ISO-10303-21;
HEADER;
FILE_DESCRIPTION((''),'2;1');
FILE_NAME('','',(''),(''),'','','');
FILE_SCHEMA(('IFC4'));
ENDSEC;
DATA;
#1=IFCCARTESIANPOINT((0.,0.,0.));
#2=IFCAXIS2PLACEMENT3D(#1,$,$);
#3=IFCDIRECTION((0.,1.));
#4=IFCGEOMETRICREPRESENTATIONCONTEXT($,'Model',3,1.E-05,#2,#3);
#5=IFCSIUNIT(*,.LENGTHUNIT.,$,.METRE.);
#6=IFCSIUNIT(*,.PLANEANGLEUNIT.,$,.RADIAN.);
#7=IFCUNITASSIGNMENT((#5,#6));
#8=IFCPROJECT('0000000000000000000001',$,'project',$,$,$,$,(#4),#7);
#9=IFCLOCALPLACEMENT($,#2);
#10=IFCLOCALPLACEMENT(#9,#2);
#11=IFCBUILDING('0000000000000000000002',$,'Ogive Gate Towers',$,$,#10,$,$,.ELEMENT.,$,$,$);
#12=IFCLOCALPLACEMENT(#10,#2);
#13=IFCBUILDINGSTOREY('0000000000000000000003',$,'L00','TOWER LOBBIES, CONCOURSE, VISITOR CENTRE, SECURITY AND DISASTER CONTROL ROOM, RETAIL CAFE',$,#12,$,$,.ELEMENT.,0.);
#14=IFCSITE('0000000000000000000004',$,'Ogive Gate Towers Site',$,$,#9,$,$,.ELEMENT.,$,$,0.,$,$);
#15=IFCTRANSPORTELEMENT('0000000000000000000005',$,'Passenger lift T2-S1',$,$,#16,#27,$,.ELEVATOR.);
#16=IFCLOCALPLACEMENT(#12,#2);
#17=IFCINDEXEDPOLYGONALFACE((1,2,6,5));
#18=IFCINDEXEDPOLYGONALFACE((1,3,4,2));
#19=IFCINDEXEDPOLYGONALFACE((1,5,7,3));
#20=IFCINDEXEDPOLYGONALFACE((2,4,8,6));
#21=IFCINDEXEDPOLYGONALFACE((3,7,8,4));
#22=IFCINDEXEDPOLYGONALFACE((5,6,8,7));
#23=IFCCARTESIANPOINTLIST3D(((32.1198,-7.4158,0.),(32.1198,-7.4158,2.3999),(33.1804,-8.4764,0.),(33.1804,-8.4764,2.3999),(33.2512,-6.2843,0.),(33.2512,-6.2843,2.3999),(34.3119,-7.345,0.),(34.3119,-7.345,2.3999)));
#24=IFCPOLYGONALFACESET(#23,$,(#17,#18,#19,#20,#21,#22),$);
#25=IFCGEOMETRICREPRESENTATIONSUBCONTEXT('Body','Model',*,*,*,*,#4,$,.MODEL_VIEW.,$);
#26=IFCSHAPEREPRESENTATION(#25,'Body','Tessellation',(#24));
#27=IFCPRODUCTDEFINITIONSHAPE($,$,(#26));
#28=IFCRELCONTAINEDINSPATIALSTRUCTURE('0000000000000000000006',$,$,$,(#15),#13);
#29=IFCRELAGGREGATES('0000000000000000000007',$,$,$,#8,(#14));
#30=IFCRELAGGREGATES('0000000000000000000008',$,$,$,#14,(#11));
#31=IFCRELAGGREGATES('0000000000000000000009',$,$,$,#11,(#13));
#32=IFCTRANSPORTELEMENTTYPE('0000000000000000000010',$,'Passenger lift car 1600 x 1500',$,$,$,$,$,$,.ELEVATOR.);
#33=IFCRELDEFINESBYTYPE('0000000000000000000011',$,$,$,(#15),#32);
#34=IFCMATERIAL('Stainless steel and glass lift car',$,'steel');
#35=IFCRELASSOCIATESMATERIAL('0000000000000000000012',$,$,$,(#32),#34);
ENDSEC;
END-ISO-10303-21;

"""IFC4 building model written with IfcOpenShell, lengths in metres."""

from ifc_helpers import new_model, si_unit, direction, frame, origin, origin_2d, place, context, subcontext, project, spatial, rectangle, extrude, material, type_object, element, save


model = new_model("IFC4")

# Units and contexts
model_context = context("Model", 3, precision=1e-05, world=origin(), true_north=direction((0.0, 1.0)))
body_context = subcontext(model_context, "Body", "Model", "MODEL_VIEW")
ifc_project = project(units=[si_unit("LENGTHUNIT", "METRE"), si_unit("PLANEANGLEUNIT", "RADIAN")], contexts=[model_context])

# Site, building, storey
site_placement = place(None, origin())
site = spatial("IfcSite", under=ifc_project, at=site_placement, Name="Ogive Gate Towers Site", CompositionType="ELEMENT", RefElevation=0.0)
building_placement = place(site_placement, origin())
building = spatial("IfcBuilding", under=site, at=building_placement, Name="Ogive Gate Towers", CompositionType="ELEMENT")
storey_placement = place(building_placement, origin())
storey = spatial("IfcBuildingStorey", under=building, at=storey_placement, Name="L00", Description="TOWER LOBBIES, CONCOURSE, VISITOR CENTRE, SECURITY AND DISASTER CONTROL ROOM, RETAIL CAFE", CompositionType="ELEMENT", Elevation=0.0)

# Transport element
ifc_material_1 = material(Name="Stainless steel and glass lift car", Category="steel")
transport_element_type = type_object("IfcTransportElementType", Name="Passenger lift car 1600 x 1500", PredefinedType="ELEVATOR", material=ifc_material_1)
transport_element_placement = place(storey_placement, frame((33.2158, -7.3804, 0.0), z_axis=(0.0, 0.0, 1.0), x_axis=(0.707107, 0.707107, 0.0)))
element("IfcTransportElement", 1, at=transport_element_placement, inside=storey, type_object=transport_element_type, Name="Passenger lift T2-S1", PredefinedType="ELEVATOR", context=body_context, shape_type="SweptSolid", body=[
    extrude(rectangle(XDim=1.6001, YDim=1.5, at=origin_2d()), origin(), (0.0, 0.0, 1.0), 2.3999),
])

save(model, "model.ifc")
